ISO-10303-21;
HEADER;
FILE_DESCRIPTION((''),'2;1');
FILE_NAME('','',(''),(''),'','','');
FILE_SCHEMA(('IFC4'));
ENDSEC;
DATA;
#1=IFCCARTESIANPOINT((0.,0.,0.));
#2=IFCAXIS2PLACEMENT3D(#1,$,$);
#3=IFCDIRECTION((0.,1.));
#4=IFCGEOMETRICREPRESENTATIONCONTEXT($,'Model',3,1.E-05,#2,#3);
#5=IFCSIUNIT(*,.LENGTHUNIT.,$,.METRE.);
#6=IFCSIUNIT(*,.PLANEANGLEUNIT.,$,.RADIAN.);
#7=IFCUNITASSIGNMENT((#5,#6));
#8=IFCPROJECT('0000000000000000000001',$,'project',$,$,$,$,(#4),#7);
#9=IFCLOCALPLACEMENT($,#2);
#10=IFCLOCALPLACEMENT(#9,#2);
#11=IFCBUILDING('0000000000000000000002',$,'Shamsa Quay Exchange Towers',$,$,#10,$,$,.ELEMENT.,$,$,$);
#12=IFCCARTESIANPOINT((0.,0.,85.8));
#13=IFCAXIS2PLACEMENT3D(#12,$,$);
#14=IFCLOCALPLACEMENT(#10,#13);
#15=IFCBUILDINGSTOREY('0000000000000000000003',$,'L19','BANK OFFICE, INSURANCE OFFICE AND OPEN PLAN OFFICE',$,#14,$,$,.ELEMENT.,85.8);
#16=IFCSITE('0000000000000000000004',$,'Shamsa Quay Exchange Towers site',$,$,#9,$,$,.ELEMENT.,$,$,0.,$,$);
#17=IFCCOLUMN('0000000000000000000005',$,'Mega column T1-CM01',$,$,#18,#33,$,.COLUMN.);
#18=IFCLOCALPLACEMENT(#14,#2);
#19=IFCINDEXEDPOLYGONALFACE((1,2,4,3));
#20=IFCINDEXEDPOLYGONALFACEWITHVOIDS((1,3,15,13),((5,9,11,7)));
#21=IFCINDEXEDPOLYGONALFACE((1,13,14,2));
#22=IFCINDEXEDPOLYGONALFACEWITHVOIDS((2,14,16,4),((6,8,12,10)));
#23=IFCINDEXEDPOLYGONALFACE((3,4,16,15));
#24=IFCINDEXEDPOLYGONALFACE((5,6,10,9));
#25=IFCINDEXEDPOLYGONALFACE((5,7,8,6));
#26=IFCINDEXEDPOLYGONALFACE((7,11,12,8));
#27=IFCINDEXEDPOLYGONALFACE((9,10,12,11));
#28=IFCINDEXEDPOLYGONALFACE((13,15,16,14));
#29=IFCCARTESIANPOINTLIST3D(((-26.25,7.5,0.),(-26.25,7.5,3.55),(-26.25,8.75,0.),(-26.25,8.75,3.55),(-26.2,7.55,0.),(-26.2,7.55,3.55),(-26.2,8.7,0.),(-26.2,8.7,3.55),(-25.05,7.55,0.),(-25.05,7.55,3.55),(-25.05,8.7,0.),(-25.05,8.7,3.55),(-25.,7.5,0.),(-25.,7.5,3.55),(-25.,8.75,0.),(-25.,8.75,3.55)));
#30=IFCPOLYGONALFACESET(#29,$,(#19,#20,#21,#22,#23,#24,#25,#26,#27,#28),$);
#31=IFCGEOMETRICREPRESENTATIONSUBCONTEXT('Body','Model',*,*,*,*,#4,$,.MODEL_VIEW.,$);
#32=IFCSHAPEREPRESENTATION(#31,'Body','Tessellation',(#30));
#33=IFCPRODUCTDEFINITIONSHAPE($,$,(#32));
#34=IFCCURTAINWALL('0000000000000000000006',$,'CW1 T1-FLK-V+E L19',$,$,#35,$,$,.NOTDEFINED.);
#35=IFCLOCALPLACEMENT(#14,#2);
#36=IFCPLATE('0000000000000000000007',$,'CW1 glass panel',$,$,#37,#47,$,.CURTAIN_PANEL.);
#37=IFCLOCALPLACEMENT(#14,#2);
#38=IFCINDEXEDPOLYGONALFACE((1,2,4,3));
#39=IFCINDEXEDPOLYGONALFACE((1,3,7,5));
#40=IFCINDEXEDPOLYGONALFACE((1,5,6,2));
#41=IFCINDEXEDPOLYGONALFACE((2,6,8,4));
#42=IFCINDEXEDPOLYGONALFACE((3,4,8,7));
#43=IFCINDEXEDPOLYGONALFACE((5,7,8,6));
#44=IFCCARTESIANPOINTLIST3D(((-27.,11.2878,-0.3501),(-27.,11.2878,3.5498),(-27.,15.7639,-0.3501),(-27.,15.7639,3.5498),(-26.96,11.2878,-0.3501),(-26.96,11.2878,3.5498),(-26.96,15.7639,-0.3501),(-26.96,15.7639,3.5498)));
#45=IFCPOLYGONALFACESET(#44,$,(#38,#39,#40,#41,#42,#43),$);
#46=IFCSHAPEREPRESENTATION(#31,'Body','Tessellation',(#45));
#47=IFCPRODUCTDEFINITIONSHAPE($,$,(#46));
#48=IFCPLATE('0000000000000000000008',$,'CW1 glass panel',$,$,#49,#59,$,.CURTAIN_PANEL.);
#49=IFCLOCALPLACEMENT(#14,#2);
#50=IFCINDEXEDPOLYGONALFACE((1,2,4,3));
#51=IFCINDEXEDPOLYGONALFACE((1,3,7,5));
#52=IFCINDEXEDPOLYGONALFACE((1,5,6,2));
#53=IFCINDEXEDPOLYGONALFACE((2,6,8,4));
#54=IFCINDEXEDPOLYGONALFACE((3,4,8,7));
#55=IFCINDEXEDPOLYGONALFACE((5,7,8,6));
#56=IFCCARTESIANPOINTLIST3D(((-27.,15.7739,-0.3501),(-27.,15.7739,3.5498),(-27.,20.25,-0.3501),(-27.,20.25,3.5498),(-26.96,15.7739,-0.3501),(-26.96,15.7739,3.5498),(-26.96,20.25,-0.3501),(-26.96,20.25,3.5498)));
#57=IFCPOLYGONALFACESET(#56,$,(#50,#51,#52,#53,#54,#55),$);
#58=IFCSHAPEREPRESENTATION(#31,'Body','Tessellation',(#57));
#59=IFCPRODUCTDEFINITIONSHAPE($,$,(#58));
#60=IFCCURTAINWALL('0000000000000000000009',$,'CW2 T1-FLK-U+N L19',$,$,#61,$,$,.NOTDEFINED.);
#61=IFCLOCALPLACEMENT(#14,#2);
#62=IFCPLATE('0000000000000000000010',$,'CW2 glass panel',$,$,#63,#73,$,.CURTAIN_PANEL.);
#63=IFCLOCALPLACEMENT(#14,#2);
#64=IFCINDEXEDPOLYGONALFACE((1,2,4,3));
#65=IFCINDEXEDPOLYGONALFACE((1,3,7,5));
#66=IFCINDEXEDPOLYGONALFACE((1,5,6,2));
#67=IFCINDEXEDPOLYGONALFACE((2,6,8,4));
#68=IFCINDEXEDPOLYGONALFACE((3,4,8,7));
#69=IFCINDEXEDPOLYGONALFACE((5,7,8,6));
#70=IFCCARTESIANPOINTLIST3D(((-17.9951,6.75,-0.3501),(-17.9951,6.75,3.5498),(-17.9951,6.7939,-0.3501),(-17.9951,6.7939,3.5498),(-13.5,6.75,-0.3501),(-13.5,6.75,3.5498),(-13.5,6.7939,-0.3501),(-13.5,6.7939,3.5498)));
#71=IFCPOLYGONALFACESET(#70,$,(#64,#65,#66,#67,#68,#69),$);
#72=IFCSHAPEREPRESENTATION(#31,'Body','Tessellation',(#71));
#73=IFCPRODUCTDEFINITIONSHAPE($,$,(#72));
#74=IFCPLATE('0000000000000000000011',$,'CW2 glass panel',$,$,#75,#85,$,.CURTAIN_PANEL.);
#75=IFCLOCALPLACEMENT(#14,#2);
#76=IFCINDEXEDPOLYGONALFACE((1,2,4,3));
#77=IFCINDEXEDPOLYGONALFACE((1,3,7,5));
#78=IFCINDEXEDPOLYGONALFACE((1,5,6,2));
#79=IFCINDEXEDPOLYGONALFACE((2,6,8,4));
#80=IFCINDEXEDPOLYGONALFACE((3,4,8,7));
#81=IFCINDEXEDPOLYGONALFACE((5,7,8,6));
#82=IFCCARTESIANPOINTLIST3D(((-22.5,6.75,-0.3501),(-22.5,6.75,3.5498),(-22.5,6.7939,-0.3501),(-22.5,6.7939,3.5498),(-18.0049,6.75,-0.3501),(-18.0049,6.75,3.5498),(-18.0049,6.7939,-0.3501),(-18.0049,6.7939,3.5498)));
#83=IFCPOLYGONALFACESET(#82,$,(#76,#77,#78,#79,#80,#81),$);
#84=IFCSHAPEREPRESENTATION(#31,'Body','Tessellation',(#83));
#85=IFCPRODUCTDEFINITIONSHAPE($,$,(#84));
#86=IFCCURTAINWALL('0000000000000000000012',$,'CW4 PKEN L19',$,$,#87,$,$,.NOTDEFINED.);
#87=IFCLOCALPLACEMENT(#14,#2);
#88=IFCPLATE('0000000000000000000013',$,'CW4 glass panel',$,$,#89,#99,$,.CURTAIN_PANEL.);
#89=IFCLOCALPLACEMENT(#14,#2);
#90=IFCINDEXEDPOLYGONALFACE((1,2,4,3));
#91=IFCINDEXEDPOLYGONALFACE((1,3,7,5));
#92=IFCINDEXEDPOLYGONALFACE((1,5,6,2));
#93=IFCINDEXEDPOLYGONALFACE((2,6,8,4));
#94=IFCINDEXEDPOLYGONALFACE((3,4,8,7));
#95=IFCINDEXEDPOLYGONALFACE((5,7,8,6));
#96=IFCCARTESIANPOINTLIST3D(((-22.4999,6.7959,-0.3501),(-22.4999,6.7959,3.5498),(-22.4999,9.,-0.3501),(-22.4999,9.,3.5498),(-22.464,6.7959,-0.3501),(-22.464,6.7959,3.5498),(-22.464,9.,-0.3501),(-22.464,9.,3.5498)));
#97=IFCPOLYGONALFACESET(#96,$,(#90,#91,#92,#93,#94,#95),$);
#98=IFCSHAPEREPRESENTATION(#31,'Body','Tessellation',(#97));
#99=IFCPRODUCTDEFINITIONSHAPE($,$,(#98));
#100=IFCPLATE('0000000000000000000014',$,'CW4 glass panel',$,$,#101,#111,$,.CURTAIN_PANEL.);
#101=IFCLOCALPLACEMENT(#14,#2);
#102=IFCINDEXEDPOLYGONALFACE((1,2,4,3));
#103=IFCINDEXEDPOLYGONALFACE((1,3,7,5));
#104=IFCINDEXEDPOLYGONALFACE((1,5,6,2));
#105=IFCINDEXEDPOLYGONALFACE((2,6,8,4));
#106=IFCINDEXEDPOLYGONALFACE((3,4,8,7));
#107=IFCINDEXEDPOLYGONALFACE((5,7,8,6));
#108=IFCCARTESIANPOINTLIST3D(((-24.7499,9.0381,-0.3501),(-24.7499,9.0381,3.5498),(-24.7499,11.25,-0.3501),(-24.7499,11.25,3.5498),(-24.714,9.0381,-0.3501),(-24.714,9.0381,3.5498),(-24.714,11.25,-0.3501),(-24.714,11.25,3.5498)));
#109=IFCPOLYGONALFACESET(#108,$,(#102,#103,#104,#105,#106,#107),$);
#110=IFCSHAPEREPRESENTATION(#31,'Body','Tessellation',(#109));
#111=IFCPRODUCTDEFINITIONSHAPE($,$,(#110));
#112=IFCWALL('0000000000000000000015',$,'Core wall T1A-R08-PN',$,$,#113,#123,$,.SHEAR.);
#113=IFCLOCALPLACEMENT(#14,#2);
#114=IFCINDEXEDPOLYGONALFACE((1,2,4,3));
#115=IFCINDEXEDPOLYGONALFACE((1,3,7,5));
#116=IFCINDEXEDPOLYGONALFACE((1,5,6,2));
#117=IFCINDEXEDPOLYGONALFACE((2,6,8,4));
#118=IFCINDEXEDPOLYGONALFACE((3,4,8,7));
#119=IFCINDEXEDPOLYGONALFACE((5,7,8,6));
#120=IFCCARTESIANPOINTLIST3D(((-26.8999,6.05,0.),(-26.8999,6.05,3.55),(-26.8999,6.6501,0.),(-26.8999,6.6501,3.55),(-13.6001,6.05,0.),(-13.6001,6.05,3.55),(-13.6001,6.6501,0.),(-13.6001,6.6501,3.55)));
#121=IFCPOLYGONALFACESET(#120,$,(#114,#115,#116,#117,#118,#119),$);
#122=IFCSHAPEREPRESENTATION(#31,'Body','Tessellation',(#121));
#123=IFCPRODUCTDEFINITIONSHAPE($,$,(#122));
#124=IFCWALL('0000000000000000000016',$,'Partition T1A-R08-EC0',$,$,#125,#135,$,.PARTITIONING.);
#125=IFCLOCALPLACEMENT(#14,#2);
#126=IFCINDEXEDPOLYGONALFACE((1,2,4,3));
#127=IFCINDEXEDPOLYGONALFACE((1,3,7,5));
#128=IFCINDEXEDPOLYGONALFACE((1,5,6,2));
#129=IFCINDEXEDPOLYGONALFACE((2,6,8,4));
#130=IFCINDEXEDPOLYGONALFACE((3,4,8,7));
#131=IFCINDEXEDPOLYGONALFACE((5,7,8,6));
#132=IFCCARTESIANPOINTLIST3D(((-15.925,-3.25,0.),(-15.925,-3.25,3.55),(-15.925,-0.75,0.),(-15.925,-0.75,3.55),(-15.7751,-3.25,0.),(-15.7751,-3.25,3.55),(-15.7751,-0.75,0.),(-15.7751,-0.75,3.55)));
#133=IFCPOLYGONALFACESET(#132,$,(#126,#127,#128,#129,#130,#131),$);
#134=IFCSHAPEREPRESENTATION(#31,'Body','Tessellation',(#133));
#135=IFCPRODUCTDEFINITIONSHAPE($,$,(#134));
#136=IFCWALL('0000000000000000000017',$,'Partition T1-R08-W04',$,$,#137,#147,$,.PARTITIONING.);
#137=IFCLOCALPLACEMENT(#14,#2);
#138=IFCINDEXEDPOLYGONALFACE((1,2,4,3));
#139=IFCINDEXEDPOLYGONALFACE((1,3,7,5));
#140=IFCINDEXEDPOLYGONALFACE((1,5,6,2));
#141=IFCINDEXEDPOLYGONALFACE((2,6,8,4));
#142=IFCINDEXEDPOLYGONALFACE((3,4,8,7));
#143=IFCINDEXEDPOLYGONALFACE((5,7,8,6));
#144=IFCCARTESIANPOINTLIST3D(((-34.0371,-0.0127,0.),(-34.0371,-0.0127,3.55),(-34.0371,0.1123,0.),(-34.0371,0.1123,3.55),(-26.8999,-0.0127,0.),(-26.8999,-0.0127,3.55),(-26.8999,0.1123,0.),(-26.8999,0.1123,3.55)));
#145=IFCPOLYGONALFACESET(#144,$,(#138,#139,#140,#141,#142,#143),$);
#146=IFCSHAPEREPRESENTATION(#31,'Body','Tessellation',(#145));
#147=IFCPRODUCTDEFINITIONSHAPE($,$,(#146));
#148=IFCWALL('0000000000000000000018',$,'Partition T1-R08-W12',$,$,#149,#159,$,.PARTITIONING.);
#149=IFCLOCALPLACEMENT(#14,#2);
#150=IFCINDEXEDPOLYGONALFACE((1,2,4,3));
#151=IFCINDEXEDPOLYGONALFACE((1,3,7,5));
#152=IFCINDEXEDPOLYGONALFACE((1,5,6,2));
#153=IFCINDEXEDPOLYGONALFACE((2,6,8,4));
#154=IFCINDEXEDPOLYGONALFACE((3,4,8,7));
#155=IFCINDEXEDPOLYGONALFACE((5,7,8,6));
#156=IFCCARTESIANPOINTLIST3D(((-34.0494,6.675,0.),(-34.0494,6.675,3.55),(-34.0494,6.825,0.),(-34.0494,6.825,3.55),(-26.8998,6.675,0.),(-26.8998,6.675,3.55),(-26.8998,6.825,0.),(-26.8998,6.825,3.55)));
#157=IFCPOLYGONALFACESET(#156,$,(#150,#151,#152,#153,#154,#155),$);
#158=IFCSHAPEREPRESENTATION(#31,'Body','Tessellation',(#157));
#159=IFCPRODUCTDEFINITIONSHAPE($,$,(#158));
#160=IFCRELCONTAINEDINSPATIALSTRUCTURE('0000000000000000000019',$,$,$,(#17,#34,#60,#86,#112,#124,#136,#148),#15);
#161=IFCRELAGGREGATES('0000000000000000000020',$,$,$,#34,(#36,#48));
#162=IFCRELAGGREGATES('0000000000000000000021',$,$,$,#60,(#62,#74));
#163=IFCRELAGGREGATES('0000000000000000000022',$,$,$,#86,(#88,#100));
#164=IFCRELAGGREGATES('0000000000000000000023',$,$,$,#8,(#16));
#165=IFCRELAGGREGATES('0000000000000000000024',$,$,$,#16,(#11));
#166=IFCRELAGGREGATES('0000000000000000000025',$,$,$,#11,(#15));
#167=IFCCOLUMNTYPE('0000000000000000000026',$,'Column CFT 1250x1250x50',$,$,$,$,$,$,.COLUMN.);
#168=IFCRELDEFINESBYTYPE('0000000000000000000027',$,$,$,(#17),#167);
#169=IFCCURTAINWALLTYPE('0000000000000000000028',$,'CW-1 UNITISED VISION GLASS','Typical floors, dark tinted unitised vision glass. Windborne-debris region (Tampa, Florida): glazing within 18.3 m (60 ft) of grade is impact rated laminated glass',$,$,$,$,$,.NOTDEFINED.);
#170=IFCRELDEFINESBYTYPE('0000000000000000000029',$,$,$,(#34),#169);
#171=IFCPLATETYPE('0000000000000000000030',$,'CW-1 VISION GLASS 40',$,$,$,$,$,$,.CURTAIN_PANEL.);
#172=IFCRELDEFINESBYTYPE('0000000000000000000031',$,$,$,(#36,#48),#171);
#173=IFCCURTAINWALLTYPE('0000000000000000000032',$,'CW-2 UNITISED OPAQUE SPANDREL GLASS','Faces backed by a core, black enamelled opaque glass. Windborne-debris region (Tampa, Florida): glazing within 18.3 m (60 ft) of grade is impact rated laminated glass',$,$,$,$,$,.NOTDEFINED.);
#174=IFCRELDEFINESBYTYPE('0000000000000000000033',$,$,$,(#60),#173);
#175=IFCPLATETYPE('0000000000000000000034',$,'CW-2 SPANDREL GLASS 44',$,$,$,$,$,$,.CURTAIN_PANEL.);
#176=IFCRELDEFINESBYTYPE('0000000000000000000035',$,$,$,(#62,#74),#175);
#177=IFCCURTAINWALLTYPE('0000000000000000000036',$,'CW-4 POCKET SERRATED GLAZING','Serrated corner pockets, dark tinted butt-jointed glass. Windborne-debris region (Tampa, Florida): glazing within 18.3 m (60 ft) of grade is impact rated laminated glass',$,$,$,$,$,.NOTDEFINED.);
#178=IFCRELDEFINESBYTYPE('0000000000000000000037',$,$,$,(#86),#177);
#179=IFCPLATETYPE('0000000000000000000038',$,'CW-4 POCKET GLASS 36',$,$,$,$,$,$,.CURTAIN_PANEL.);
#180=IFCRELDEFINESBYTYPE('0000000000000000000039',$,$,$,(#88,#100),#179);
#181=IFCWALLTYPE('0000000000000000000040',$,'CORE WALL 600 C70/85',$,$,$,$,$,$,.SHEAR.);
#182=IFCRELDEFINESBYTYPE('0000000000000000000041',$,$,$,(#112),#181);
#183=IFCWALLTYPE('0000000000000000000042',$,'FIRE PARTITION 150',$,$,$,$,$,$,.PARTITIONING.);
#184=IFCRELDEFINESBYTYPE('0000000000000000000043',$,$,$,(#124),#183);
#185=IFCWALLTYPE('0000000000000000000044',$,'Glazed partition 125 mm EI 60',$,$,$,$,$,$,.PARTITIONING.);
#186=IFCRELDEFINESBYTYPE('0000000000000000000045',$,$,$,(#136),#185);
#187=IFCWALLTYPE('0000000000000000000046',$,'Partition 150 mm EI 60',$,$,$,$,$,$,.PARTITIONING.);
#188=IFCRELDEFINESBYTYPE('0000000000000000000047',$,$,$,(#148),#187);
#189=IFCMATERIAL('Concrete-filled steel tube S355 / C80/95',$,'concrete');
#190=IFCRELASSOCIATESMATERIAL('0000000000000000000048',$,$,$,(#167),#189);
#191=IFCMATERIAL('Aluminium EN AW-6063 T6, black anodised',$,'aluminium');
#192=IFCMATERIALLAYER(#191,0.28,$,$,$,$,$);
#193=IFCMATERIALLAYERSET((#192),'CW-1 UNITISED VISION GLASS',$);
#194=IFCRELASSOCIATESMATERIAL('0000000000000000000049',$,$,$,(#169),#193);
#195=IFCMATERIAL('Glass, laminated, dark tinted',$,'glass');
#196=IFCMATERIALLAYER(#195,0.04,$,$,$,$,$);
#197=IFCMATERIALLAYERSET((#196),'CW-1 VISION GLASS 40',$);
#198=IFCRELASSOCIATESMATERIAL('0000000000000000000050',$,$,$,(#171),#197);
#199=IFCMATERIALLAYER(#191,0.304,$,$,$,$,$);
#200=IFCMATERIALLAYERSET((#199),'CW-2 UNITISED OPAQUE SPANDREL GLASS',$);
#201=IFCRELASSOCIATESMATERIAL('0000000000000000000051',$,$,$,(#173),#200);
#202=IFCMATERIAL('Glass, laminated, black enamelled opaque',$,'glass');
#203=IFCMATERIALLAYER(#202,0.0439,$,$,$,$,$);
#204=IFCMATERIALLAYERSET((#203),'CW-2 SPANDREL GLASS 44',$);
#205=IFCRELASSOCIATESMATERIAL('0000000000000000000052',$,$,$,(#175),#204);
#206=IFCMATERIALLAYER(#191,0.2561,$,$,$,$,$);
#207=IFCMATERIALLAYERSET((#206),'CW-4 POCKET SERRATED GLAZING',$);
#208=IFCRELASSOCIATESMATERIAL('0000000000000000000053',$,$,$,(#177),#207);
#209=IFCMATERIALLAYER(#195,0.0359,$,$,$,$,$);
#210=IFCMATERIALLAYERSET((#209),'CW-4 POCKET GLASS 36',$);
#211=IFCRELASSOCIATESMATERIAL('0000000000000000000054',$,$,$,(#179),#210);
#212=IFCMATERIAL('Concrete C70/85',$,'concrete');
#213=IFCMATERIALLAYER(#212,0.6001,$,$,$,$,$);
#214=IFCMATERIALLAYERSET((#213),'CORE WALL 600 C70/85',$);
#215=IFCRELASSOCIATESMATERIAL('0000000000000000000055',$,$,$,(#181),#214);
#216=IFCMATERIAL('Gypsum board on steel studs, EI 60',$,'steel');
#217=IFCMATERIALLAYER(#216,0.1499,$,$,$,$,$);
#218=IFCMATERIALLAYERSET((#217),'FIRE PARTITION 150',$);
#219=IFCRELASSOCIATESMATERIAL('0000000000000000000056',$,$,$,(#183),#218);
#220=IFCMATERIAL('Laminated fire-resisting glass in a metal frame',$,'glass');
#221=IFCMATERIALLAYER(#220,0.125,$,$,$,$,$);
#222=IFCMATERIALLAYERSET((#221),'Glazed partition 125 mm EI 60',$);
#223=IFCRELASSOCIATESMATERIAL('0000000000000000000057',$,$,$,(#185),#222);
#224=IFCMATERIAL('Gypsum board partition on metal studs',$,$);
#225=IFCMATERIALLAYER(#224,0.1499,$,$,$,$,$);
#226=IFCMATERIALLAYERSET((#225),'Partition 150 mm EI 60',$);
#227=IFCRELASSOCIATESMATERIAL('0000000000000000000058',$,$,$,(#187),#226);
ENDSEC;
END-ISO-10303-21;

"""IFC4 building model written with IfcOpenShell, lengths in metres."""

from ifc_helpers import new_model, si_unit, direction, frame, frame_2d, origin, origin_2d, place, context, subcontext, project, spatial, rectangle, hollow_rectangle, extrude, material, layer, layer_set, material_profile, profile_set, type_object, element, aggregate, save


model = new_model("IFC4")

# Units and contexts
model_context = context("Model", 3, precision=1e-05, world=origin(), true_north=direction((0.0, 1.0)))
body_context = subcontext(model_context, "Body", "Model", "MODEL_VIEW")
ifc_project = project(units=[si_unit("LENGTHUNIT", "METRE"), si_unit("PLANEANGLEUNIT", "RADIAN")], contexts=[model_context])

# Site, building, storey
site_placement = place(None, origin())
site = spatial("IfcSite", under=ifc_project, at=site_placement, Name="Shamsa Quay Exchange Towers site", CompositionType="ELEMENT", RefElevation=0.0)
building_placement = place(site_placement, origin())
building = spatial("IfcBuilding", under=site, at=building_placement, Name="Shamsa Quay Exchange Towers", CompositionType="ELEMENT")
storey_placement = place(building_placement, frame((0.0, 0.0, 85.8)))
storey = spatial("IfcBuildingStorey", under=building, at=storey_placement, Name="L19", Description="BANK OFFICE, INSURANCE OFFICE AND OPEN PLAN OFFICE", CompositionType="ELEMENT", Elevation=85.8)

# Column
ifc_material_1 = material(Name="Concrete-filled steel tube S355 / C80/95", Category="concrete")
ifc_material_profile = material_profile(ifc_material_1, hollow_rectangle(XDim=1.25, YDim=1.25, WallThickness=0.05, at=origin_2d()), Name="CFT 1250x1250x50")
ifc_profile_set = profile_set([ifc_material_profile], Name="Concrete-filled steel tube S355 / C80/95")
column_type = type_object("IfcColumnType", Name="Column CFT 1250x1250x50", PredefinedType="COLUMN", material=ifc_profile_set)
column_placement = place(storey_placement, frame((-25.625, 8.125, 0.0)))
element("IfcColumn", 1, at=column_placement, inside=storey, type_object=column_type, Name="Mega column T1-CM01", PredefinedType="COLUMN", context=body_context, shape_type="SweptSolid", body=[
    extrude(hollow_rectangle(XDim=1.25, YDim=1.25, WallThickness=0.05, at=origin_2d()), origin(), (0.0, 0.0, 1.0), 3.55),
])

# Curtain walls, plates
ifc_material_2 = material(Name="Aluminium EN AW-6063 T6, black anodised", Category="aluminium")
ifc_layer_1 = layer(ifc_material_2, 0.28)
ifc_layer_set_1 = layer_set([ifc_layer_1], Name="CW-1 UNITISED VISION GLASS")
curtain_wall_type_1 = type_object("IfcCurtainWallType", Name="CW-1 UNITISED VISION GLASS", Description="Typical floors, dark tinted unitised vision glass. Windborne-debris region (Tampa, Florida): glazing within 18.3 m (60 ft) of grade is impact rated laminated glass", PredefinedType="NOTDEFINED", material=ifc_layer_set_1)
curtain_wall_1_placement = place(storey_placement, origin())
curtain_wall_1 = element("IfcCurtainWall", 2, at=curtain_wall_1_placement, inside=storey, type_object=curtain_wall_type_1, Name="CW1 T1-FLK-V+E L19", PredefinedType="NOTDEFINED")
ifc_material_3 = material(Name="Glass, laminated, dark tinted", Category="glass")
ifc_layer_2 = layer(ifc_material_3, 0.04)
ifc_layer_set_2 = layer_set([ifc_layer_2], Name="CW-1 VISION GLASS 40")
plate_type_1 = type_object("IfcPlateType", Name="CW-1 VISION GLASS 40", PredefinedType="CURTAIN_PANEL", material=ifc_layer_set_2)
plate_1_placement = place(storey_placement, frame((-26.98, 13.5259, -0.3501), z_axis=(0.0, 0.0, 1.0), x_axis=(0.0, 1.0, 0.0)))
plate_1 = element("IfcPlate", 3, at=plate_1_placement, type_object=plate_type_1, Name="CW1 glass panel", PredefinedType="CURTAIN_PANEL", context=body_context, shape_type="SweptSolid", body=[
    extrude(rectangle(XDim=4.4761, YDim=0.04, at=origin_2d()), origin(), (0.0, 0.0, 1.0), 3.8999),
])
plate_2_placement = place(storey_placement, frame((-26.98, 18.012, -0.3501), z_axis=(0.0, 0.0, 1.0), x_axis=(0.0, 1.0, 0.0)))
plate_2 = element("IfcPlate", 4, at=plate_2_placement, type_object=plate_type_1, Name="CW1 glass panel", PredefinedType="CURTAIN_PANEL", context=body_context, shape_type="SweptSolid", body=[
    extrude(rectangle(XDim=4.4761, YDim=0.04, at=origin_2d()), origin(), (0.0, 0.0, 1.0), 3.8999),
])
aggregate(curtain_wall_1, [plate_1, plate_2])
ifc_layer_3 = layer(ifc_material_2, 0.304)
ifc_layer_set_3 = layer_set([ifc_layer_3], Name="CW-2 UNITISED OPAQUE SPANDREL GLASS")
curtain_wall_type_2 = type_object("IfcCurtainWallType", Name="CW-2 UNITISED OPAQUE SPANDREL GLASS", Description="Faces backed by a core, black enamelled opaque glass. Windborne-debris region (Tampa, Florida): glazing within 18.3 m (60 ft) of grade is impact rated laminated glass", PredefinedType="NOTDEFINED", material=ifc_layer_set_3)
curtain_wall_2_placement = place(storey_placement, origin())
curtain_wall_2 = element("IfcCurtainWall", 5, at=curtain_wall_2_placement, inside=storey, type_object=curtain_wall_type_2, Name="CW2 T1-FLK-U+N L19", PredefinedType="NOTDEFINED")
ifc_material_4 = material(Name="Glass, laminated, black enamelled opaque", Category="glass")
ifc_layer_4 = layer(ifc_material_4, 0.0439)
ifc_layer_set_4 = layer_set([ifc_layer_4], Name="CW-2 SPANDREL GLASS 44")
plate_type_2 = type_object("IfcPlateType", Name="CW-2 SPANDREL GLASS 44", PredefinedType="CURTAIN_PANEL", material=ifc_layer_set_4)
plate_3_placement = place(storey_placement, frame((-15.7476, 6.772, -0.3501), z_axis=(0.0, 0.0, 1.0), x_axis=(-1.0, 0.0, 0.0)))
plate_3 = element("IfcPlate", 6, at=plate_3_placement, type_object=plate_type_2, Name="CW2 glass panel", PredefinedType="CURTAIN_PANEL", context=body_context, shape_type="SweptSolid", body=[
    extrude(rectangle(XDim=4.4951, YDim=0.0439, at=origin_2d()), origin(), (0.0, 0.0, 1.0), 3.8999),
])
plate_4_placement = place(storey_placement, frame((-20.2524, 6.772, -0.3501), z_axis=(0.0, 0.0, 1.0), x_axis=(-1.0, 0.0, 0.0)))
plate_4 = element("IfcPlate", 7, at=plate_4_placement, type_object=plate_type_2, Name="CW2 glass panel", PredefinedType="CURTAIN_PANEL", context=body_context, shape_type="SweptSolid", body=[
    extrude(rectangle(XDim=4.4951, YDim=0.0439, at=origin_2d()), origin(), (0.0, 0.0, 1.0), 3.8999),
])
aggregate(curtain_wall_2, [plate_3, plate_4])
ifc_layer_5 = layer(ifc_material_2, 0.2561)
ifc_layer_set_5 = layer_set([ifc_layer_5], Name="CW-4 POCKET SERRATED GLAZING")
curtain_wall_type_3 = type_object("IfcCurtainWallType", Name="CW-4 POCKET SERRATED GLAZING", Description="Serrated corner pockets, dark tinted butt-jointed glass. Windborne-debris region (Tampa, Florida): glazing within 18.3 m (60 ft) of grade is impact rated laminated glass", PredefinedType="NOTDEFINED", material=ifc_layer_set_5)
curtain_wall_3_placement = place(storey_placement, origin())
curtain_wall_3 = element("IfcCurtainWall", 8, at=curtain_wall_3_placement, inside=storey, type_object=curtain_wall_type_3, Name="CW4 PKEN L19", PredefinedType="NOTDEFINED")
ifc_layer_6 = layer(ifc_material_3, 0.0359)
ifc_layer_set_6 = layer_set([ifc_layer_6], Name="CW-4 POCKET GLASS 36")
plate_type_3 = type_object("IfcPlateType", Name="CW-4 POCKET GLASS 36", PredefinedType="CURTAIN_PANEL", material=ifc_layer_set_6)
plate_5_placement = place(storey_placement, frame((-22.4819, 7.8979, -0.3501), z_axis=(0.0, 0.0, 1.0), x_axis=(0.0, 1.0, 0.0)))
plate_5 = element("IfcPlate", 9, at=plate_5_placement, type_object=plate_type_3, Name="CW4 glass panel", PredefinedType="CURTAIN_PANEL", context=body_context, shape_type="SweptSolid", body=[
    extrude(rectangle(XDim=2.2041, YDim=0.0359, at=origin_2d()), origin(), (0.0, 0.0, 1.0), 3.8999),
])
plate_6_placement = place(storey_placement, frame((-24.7319, 10.144, -0.3501), z_axis=(0.0, 0.0, 1.0), x_axis=(0.0, 1.0, 0.0)))
plate_6 = element("IfcPlate", 10, at=plate_6_placement, type_object=plate_type_3, Name="CW4 glass panel", PredefinedType="CURTAIN_PANEL", context=body_context, shape_type="SweptSolid", body=[
    extrude(rectangle(XDim=2.2119, YDim=0.0359, at=origin_2d()), origin(), (0.0, 0.0, 1.0), 3.8999),
])
aggregate(curtain_wall_3, [plate_5, plate_6])

# Wall
ifc_material_5 = material(Name="Concrete C70/85", Category="concrete")
ifc_layer_7 = layer(ifc_material_5, 0.6001)
ifc_layer_set_7 = layer_set([ifc_layer_7], Name="CORE WALL 600 C70/85")
wall_type_1 = type_object("IfcWallType", Name="CORE WALL 600 C70/85", PredefinedType="SHEAR", material=ifc_layer_set_7)
wall_1_placement = place(storey_placement, frame((-26.8999, 6.3501, 0.0)))
element("IfcWall", 11, at=wall_1_placement, inside=storey, type_object=wall_type_1, Name="Core wall T1A-R08-PN", PredefinedType="SHEAR", context=body_context, shape_type="SweptSolid", body=[
    extrude(rectangle(XDim=13.2998, YDim=0.6001, at=frame_2d((6.6499, 0.0))), origin(), (0.0, 0.0, 1.0), 3.55),
])

# Walls
ifc_material_6 = material(Name="Gypsum board on steel studs, EI 60", Category="steel")
ifc_layer_8 = layer(ifc_material_6, 0.1499)
ifc_layer_set_8 = layer_set([ifc_layer_8], Name="FIRE PARTITION 150")
wall_type_2 = type_object("IfcWallType", Name="FIRE PARTITION 150", PredefinedType="PARTITIONING", material=ifc_layer_set_8)
wall_2_placement = place(storey_placement, frame((-15.8501, -3.25, 0.0), z_axis=(0.0, 0.0, 1.0), x_axis=(0.0, 1.0, 0.0)))
element("IfcWall", 12, at=wall_2_placement, inside=storey, type_object=wall_type_2, Name="Partition T1A-R08-EC0", PredefinedType="PARTITIONING", context=body_context, shape_type="SweptSolid", body=[
    extrude(rectangle(XDim=2.5, YDim=0.1499, at=frame_2d((1.25, 0.0))), origin(), (0.0, 0.0, 1.0), 3.55),
])
ifc_material_7 = material(Name="Laminated fire-resisting glass in a metal frame", Category="glass")
ifc_layer_9 = layer(ifc_material_7, 0.125)
ifc_layer_set_9 = layer_set([ifc_layer_9], Name="Glazed partition 125 mm EI 60")
wall_type_3 = type_object("IfcWallType", Name="Glazed partition 125 mm EI 60", PredefinedType="PARTITIONING", material=ifc_layer_set_9)
wall_3_placement = place(storey_placement, frame((-26.8999, 0.0498, 0.0), z_axis=(0.0, 0.0, 1.0), x_axis=(-1.0, 0.0, 0.0)))
element("IfcWall", 13, at=wall_3_placement, inside=storey, type_object=wall_type_3, Name="Partition T1-R08-W04", PredefinedType="PARTITIONING", context=body_context, shape_type="SweptSolid", body=[
    extrude(rectangle(XDim=7.1372, YDim=0.125, at=frame_2d((3.5686, 0.0))), origin(), (0.0, 0.0, 1.0), 3.55),
])
ifc_material_8 = material(Name="Gypsum board partition on metal studs")
ifc_layer_10 = layer(ifc_material_8, 0.1499)
ifc_layer_set_10 = layer_set([ifc_layer_10], Name="Partition 150 mm EI 60")
wall_type_4 = type_object("IfcWallType", Name="Partition 150 mm EI 60", PredefinedType="PARTITIONING", material=ifc_layer_set_10)
wall_4_placement = place(storey_placement, frame((-26.8999, 6.75, 0.0), z_axis=(0.0, 0.0, 1.0), x_axis=(-1.0, 0.0, 0.0)))
element("IfcWall", 14, at=wall_4_placement, inside=storey, type_object=wall_type_4, Name="Partition T1-R08-W12", PredefinedType="PARTITIONING", context=body_context, shape_type="SweptSolid", body=[
    extrude(rectangle(XDim=7.1497, YDim=0.1499, at=frame_2d((3.5747, 0.0))), origin(), (0.0, 0.0, 1.0), 3.55),
])

save(model, "model.ifc")
